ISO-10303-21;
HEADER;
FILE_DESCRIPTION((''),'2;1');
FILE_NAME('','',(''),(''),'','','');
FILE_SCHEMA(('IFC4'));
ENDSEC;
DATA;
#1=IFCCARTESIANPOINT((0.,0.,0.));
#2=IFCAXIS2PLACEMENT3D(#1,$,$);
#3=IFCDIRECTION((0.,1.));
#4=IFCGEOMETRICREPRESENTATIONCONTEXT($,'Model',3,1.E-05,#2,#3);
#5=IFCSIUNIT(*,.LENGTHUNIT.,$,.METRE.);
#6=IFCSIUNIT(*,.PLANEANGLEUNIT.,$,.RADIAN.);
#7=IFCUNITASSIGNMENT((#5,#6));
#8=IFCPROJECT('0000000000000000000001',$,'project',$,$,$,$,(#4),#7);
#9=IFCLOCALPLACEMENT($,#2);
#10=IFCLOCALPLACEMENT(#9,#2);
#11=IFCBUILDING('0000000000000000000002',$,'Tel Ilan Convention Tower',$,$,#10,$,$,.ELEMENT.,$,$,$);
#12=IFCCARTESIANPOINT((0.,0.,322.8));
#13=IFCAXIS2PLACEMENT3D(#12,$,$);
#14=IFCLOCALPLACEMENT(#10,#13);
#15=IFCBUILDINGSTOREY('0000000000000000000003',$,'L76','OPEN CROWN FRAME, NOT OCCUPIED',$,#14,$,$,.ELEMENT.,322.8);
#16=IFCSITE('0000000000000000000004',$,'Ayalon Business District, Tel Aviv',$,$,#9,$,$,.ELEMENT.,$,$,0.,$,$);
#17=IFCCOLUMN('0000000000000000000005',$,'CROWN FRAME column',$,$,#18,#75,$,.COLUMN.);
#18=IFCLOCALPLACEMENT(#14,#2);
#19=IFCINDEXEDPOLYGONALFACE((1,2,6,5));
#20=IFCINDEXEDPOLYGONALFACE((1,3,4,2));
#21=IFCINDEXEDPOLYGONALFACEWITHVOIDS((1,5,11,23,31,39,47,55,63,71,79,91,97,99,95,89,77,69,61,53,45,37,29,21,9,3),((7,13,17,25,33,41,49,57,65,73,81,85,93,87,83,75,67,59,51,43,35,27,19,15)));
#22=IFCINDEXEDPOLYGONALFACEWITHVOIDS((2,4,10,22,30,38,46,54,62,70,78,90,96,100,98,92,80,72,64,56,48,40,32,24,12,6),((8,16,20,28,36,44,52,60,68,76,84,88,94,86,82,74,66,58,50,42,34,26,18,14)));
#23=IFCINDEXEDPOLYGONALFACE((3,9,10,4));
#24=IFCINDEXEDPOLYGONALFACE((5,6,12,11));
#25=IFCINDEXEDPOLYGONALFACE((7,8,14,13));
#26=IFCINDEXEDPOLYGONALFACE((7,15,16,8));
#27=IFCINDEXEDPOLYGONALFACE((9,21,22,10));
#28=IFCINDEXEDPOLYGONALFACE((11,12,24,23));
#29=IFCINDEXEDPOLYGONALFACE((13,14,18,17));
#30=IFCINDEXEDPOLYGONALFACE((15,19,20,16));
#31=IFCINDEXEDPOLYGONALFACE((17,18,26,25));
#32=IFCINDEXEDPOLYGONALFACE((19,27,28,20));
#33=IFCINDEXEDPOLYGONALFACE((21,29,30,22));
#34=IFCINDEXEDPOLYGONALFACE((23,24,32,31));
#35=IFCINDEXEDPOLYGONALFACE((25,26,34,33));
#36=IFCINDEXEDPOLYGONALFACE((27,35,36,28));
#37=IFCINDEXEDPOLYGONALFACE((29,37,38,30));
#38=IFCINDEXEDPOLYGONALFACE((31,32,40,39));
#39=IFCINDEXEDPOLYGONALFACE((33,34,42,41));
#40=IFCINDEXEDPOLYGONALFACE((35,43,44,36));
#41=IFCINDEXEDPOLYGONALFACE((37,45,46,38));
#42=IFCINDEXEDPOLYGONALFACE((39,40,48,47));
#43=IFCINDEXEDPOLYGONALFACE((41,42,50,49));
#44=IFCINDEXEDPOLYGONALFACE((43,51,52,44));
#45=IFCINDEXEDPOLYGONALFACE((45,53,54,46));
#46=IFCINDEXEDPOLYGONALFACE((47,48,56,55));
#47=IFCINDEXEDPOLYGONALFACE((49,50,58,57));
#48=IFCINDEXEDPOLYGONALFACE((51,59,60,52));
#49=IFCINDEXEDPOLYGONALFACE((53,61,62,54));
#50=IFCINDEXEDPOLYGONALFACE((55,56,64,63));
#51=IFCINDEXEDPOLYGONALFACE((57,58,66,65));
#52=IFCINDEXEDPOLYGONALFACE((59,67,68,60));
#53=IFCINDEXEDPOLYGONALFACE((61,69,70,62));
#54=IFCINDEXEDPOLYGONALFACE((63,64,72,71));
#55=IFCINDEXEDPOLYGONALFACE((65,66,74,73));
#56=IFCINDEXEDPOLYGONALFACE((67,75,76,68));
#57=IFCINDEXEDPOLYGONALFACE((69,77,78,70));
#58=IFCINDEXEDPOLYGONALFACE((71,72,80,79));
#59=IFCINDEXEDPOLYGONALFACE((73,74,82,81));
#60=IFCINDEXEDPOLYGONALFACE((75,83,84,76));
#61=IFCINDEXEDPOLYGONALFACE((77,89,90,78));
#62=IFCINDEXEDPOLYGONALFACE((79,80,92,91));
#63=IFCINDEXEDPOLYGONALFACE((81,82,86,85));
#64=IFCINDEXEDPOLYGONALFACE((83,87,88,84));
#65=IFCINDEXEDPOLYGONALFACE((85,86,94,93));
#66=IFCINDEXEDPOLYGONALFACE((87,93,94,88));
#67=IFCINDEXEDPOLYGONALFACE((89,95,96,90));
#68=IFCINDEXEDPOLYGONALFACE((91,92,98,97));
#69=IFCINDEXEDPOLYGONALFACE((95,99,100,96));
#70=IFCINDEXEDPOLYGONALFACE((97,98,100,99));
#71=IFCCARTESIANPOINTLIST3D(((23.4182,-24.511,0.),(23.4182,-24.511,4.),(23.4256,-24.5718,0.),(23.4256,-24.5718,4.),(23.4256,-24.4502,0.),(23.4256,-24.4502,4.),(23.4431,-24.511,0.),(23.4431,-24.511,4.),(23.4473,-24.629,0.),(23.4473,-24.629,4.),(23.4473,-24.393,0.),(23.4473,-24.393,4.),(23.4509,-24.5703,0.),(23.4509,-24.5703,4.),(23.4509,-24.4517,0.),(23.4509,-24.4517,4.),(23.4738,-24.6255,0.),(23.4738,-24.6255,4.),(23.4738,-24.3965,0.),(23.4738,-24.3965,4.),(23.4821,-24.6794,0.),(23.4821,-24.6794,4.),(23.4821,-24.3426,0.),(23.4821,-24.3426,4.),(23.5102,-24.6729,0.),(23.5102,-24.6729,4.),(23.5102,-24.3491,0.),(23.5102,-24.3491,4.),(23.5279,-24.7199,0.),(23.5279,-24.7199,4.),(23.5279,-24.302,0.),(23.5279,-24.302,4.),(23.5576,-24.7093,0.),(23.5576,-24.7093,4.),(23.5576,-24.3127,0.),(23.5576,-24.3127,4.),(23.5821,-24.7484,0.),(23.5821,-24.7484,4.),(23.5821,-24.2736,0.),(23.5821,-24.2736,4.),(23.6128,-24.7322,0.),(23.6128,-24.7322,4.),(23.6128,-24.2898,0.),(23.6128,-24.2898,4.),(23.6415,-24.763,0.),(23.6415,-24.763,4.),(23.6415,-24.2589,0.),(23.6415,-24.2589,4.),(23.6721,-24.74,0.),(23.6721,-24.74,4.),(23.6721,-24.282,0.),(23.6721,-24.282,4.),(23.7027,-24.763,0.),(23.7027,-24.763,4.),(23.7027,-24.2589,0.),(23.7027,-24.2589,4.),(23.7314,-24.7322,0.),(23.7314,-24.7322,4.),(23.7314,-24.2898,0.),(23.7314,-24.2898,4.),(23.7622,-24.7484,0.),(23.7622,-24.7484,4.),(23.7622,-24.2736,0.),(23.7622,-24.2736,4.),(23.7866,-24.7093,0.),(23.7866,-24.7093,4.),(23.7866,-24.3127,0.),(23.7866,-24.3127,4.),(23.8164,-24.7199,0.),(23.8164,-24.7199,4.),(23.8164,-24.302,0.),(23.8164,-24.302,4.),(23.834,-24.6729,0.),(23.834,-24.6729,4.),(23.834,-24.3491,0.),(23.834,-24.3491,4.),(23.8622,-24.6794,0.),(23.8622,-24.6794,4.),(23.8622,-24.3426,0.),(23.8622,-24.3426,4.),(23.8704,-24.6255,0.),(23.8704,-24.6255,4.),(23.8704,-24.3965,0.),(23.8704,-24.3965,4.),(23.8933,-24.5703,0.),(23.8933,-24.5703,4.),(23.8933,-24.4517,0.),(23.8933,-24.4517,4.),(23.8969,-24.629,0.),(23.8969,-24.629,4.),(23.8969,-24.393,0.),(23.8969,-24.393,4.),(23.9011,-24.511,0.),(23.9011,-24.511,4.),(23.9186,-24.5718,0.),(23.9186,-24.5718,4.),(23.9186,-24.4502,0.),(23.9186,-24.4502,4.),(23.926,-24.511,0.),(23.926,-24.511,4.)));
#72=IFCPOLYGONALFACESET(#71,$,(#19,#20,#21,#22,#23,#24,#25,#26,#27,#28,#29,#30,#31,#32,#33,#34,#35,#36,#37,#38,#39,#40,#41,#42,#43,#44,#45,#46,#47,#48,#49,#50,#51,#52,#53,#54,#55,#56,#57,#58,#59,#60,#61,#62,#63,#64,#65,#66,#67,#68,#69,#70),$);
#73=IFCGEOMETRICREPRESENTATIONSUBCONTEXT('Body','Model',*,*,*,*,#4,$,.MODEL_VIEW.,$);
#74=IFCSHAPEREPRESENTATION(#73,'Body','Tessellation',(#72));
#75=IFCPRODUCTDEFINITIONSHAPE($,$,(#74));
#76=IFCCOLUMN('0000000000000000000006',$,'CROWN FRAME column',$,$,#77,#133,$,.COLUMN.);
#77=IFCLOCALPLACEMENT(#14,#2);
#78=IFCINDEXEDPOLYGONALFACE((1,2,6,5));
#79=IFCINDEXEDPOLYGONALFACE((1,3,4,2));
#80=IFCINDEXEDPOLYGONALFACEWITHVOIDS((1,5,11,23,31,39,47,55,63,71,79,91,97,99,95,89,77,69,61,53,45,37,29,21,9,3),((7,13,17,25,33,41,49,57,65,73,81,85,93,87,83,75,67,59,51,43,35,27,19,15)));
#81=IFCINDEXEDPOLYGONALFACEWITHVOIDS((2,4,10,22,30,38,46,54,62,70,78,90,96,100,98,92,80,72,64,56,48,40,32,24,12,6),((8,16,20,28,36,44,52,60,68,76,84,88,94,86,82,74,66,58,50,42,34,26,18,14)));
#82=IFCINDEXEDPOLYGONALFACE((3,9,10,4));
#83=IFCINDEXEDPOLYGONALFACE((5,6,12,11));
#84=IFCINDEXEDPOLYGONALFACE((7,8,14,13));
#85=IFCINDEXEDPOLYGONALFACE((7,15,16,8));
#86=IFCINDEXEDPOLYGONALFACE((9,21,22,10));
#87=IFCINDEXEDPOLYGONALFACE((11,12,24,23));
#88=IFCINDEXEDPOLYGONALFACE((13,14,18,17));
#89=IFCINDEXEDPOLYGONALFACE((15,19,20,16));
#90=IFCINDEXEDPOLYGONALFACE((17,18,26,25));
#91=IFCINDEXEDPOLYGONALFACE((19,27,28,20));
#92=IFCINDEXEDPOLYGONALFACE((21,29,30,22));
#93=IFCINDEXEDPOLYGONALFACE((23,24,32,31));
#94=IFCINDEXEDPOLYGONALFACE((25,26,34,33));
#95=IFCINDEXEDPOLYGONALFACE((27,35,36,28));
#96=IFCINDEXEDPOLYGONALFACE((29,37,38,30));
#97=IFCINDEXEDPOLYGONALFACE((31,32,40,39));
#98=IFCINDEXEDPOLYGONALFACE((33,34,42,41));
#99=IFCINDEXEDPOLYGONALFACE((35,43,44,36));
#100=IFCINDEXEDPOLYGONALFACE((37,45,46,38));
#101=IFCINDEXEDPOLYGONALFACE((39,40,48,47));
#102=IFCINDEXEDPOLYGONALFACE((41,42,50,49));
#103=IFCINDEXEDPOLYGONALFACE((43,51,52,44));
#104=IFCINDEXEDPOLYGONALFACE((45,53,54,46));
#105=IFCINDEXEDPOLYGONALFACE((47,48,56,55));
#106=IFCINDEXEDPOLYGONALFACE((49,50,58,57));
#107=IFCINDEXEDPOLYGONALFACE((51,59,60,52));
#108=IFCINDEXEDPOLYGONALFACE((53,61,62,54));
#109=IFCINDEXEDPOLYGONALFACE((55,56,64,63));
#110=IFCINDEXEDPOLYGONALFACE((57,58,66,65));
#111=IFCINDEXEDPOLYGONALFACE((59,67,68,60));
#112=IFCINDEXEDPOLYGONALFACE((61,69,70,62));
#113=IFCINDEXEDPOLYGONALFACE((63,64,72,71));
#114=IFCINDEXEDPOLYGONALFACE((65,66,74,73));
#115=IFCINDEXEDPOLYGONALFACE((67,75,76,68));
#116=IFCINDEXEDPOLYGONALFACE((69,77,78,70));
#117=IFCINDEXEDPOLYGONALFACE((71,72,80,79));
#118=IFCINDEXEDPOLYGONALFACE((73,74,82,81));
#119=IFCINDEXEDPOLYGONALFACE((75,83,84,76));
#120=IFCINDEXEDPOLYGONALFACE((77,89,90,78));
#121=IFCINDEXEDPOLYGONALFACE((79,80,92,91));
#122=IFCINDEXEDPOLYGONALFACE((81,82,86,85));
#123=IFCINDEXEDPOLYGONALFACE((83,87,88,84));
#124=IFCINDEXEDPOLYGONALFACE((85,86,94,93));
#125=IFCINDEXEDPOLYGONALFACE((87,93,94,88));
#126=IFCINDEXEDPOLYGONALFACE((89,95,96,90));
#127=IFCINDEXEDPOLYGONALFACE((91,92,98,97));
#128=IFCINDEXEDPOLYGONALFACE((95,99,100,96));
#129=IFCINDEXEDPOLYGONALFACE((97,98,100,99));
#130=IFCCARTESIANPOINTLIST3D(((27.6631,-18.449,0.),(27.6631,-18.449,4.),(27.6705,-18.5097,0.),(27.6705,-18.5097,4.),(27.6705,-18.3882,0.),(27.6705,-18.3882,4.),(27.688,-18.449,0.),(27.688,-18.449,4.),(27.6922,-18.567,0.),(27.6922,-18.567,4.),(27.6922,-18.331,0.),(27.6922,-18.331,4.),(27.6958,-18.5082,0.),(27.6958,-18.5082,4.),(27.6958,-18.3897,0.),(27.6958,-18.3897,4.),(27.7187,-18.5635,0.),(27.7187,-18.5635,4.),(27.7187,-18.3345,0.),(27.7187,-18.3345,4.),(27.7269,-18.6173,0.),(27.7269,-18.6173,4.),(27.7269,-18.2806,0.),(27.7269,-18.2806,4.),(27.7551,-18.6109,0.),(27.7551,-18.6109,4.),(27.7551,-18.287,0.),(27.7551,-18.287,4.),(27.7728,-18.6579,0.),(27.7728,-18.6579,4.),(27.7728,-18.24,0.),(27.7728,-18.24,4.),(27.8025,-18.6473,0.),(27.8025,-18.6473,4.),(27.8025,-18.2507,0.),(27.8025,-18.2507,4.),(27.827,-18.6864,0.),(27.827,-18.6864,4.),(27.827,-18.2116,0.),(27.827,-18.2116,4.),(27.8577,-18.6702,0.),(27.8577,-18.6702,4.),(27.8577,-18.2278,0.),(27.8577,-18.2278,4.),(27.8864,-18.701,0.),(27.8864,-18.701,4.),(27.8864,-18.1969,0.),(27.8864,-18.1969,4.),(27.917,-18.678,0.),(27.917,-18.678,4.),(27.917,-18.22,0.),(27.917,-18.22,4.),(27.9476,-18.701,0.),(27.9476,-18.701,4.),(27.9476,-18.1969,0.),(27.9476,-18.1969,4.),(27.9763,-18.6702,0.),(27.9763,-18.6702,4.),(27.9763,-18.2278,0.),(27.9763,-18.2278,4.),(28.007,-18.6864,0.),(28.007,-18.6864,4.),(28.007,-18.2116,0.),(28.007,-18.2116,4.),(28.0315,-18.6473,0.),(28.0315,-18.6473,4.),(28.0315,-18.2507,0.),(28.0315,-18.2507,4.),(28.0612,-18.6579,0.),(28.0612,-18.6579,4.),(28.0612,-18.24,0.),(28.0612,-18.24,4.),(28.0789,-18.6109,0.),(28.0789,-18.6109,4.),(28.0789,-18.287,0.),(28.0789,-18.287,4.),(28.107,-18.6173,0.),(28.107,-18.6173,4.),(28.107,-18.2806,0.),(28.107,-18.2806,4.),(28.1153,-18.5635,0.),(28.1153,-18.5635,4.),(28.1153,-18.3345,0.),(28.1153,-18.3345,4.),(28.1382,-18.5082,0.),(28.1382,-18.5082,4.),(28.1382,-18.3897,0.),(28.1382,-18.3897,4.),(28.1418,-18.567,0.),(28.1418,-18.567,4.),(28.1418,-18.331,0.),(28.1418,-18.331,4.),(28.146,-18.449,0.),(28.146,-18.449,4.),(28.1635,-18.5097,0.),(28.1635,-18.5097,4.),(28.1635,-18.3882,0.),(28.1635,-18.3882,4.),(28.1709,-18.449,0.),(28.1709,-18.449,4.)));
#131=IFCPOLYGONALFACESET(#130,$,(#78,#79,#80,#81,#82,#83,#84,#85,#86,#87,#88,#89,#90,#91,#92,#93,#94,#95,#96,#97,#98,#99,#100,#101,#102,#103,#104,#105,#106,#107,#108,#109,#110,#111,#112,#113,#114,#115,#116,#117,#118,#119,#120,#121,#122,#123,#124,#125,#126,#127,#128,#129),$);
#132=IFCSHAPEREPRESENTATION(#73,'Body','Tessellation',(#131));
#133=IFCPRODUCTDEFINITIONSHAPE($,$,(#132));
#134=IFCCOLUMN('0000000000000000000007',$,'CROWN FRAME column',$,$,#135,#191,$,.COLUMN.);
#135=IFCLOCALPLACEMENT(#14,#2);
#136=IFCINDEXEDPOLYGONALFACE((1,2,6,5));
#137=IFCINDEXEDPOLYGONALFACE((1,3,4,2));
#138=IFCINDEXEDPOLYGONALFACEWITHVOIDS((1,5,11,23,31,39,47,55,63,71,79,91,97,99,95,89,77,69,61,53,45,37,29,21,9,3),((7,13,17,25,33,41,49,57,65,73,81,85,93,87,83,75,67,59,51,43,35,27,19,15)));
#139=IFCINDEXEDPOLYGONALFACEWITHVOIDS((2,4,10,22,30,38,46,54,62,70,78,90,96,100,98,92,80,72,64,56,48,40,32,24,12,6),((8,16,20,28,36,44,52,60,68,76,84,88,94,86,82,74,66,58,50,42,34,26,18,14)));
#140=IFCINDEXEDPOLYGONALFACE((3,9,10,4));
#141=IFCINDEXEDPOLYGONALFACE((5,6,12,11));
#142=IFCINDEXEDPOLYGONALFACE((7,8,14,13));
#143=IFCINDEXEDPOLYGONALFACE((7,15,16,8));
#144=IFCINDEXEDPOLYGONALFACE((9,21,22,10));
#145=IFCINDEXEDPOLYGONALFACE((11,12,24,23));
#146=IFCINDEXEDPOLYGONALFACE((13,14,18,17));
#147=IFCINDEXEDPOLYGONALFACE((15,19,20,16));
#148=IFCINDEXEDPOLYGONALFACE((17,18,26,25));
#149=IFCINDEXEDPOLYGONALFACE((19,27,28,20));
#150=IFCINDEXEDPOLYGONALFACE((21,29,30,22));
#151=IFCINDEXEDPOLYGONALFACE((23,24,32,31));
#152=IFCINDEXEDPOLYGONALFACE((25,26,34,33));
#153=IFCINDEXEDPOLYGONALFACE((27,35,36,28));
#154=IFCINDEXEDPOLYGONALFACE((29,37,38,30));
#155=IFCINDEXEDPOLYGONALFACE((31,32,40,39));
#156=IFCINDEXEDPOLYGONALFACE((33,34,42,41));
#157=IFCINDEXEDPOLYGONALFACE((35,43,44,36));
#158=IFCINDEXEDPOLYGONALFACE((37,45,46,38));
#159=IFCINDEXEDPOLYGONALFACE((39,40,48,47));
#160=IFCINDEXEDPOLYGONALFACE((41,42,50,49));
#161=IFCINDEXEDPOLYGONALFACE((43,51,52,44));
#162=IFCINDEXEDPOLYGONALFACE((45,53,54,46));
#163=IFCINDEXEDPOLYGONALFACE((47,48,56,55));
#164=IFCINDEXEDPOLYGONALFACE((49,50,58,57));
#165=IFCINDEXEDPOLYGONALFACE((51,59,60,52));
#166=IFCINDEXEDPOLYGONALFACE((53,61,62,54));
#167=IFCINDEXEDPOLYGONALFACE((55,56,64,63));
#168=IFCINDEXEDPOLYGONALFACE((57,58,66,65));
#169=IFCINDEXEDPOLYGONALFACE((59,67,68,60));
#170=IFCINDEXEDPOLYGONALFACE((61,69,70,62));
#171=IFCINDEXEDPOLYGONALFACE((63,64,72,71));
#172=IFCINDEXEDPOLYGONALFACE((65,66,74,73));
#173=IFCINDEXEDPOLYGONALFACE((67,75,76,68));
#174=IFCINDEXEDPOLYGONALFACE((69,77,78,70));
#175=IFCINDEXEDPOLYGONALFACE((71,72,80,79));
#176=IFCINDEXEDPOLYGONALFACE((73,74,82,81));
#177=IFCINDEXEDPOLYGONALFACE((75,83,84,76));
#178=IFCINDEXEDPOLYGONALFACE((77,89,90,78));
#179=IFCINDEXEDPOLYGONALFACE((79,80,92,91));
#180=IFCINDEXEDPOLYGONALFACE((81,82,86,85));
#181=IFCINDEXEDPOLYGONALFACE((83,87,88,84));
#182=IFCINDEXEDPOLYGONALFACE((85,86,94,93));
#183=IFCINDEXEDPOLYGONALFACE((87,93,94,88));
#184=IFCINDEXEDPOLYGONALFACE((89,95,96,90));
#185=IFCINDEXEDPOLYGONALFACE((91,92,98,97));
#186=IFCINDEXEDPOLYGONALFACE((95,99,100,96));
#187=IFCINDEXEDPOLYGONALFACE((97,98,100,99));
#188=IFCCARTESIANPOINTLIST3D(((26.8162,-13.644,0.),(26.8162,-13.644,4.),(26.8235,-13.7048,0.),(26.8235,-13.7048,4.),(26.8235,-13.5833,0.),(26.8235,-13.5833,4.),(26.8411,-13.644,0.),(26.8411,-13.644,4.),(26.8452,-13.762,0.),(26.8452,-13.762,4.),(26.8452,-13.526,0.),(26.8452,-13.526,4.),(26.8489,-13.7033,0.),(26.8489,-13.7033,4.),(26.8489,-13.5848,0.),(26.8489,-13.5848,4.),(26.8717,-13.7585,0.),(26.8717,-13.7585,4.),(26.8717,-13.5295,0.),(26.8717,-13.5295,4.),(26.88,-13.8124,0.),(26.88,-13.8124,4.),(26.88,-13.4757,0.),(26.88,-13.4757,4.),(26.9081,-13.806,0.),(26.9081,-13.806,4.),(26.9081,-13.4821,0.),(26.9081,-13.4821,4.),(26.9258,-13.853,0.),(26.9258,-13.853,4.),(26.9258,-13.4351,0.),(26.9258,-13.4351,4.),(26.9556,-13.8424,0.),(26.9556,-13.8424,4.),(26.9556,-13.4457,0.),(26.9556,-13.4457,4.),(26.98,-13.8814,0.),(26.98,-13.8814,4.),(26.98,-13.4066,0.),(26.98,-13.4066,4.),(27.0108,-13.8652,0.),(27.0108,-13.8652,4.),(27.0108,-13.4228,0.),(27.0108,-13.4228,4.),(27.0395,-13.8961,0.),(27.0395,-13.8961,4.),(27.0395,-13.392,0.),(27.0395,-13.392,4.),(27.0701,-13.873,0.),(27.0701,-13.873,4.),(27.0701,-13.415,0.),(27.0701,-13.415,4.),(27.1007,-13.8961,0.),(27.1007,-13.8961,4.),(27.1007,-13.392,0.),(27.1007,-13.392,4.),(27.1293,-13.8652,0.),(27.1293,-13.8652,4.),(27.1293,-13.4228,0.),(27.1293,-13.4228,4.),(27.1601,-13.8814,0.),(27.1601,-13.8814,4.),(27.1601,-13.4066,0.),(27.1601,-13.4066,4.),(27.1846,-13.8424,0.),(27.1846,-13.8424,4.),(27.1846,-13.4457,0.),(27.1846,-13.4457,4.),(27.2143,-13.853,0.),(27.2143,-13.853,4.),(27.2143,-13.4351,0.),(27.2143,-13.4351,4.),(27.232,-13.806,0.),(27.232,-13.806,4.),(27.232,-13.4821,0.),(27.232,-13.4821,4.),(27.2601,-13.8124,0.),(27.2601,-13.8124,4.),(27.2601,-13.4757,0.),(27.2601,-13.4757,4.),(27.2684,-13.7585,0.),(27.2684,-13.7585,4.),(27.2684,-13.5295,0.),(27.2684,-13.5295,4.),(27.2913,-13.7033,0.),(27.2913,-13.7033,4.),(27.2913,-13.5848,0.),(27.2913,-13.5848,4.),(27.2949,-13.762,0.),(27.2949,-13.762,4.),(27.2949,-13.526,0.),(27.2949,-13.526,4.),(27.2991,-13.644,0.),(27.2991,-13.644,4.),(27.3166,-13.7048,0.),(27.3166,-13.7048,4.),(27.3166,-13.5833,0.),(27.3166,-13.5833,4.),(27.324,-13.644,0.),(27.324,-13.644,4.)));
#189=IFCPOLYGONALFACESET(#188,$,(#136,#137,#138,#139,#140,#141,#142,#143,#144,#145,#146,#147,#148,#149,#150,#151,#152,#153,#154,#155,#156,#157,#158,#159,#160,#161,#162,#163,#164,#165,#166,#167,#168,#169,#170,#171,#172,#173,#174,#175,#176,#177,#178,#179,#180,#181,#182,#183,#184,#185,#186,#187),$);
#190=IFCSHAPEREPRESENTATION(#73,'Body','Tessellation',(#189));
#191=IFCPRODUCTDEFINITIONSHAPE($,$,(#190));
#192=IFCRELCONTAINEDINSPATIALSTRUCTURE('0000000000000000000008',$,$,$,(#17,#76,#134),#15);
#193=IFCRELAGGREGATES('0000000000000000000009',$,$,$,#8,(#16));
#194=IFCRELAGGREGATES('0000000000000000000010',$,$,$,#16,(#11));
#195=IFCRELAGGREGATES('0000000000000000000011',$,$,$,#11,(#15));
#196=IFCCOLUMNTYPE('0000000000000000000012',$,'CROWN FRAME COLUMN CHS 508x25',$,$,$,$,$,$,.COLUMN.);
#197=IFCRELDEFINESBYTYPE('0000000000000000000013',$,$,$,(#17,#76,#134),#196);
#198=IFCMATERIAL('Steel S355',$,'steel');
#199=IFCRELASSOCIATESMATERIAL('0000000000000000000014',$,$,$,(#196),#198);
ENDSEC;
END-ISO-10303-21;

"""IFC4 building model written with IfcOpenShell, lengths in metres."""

from ifc_helpers import new_model, si_unit, direction, frame, origin, origin_2d, place, context, subcontext, project, spatial, hollow_circle, extrude, material, material_profile, profile_set, type_object, element, save


model = new_model("IFC4")

# Units and contexts
model_context = context("Model", 3, precision=1e-05, world=origin(), true_north=direction((0.0, 1.0)))
body_context = subcontext(model_context, "Body", "Model", "MODEL_VIEW")
ifc_project = project(units=[si_unit("LENGTHUNIT", "METRE"), si_unit("PLANEANGLEUNIT", "RADIAN")], contexts=[model_context])

# Site, building, storey
site_placement = place(None, origin())
site = spatial("IfcSite", under=ifc_project, at=site_placement, Name="Ayalon Business District, Tel Aviv", CompositionType="ELEMENT", RefElevation=0.0)
building_placement = place(site_placement, origin())
building = spatial("IfcBuilding", under=site, at=building_placement, Name="Tel Ilan Convention Tower", CompositionType="ELEMENT")
storey_placement = place(building_placement, frame((0.0, 0.0, 322.8)))
storey = spatial("IfcBuildingStorey", under=building, at=storey_placement, Name="L76", Description="OPEN CROWN FRAME, NOT OCCUPIED", CompositionType="ELEMENT", Elevation=322.8)

# Columns
ifc_material_1 = material(Name="Steel S355", Category="steel")
ifc_material_profile_1 = material_profile(ifc_material_1, hollow_circle(Radius=0.2539, WallThickness=0.0249, at=origin_2d()), Name="CHS 508x25")
ifc_profile_set_1 = profile_set([ifc_material_profile_1], Name="Steel S355")
column_type = type_object("IfcColumnType", Name="CROWN FRAME COLUMN CHS 508x25", PredefinedType="COLUMN", material=ifc_profile_set_1)
for number, where, z_axis, x_axis, name in (
    (1, (23.6721, -24.511, 0.0), (0.0, 0.0, 1.0), (1.0, 0.0, 0.0), "CROWN FRAME column"),
    (2, (27.917, -18.449, 0.0), (0.0, 0.0, 1.0), (1.0, 0.0, 0.0), "CROWN FRAME column"),
    (3, (27.0701, -13.644, 0.0), (0.0, 0.0, 1.0), (1.0, 0.0, 0.0), "CROWN FRAME column"),
):
    element("IfcColumn", number, at=place(storey_placement, frame(where, z_axis=z_axis, x_axis=x_axis)), inside=storey, type_object=column_type, Name=name, PredefinedType="COLUMN", context=body_context, shape_type="SweptSolid", body=[
        extrude(hollow_circle(Radius=0.2539, WallThickness=0.0249, at=origin_2d()), origin(), (0.0, 0.0, 1.0), 4.0),
    ])

save(model, "model.ifc")
